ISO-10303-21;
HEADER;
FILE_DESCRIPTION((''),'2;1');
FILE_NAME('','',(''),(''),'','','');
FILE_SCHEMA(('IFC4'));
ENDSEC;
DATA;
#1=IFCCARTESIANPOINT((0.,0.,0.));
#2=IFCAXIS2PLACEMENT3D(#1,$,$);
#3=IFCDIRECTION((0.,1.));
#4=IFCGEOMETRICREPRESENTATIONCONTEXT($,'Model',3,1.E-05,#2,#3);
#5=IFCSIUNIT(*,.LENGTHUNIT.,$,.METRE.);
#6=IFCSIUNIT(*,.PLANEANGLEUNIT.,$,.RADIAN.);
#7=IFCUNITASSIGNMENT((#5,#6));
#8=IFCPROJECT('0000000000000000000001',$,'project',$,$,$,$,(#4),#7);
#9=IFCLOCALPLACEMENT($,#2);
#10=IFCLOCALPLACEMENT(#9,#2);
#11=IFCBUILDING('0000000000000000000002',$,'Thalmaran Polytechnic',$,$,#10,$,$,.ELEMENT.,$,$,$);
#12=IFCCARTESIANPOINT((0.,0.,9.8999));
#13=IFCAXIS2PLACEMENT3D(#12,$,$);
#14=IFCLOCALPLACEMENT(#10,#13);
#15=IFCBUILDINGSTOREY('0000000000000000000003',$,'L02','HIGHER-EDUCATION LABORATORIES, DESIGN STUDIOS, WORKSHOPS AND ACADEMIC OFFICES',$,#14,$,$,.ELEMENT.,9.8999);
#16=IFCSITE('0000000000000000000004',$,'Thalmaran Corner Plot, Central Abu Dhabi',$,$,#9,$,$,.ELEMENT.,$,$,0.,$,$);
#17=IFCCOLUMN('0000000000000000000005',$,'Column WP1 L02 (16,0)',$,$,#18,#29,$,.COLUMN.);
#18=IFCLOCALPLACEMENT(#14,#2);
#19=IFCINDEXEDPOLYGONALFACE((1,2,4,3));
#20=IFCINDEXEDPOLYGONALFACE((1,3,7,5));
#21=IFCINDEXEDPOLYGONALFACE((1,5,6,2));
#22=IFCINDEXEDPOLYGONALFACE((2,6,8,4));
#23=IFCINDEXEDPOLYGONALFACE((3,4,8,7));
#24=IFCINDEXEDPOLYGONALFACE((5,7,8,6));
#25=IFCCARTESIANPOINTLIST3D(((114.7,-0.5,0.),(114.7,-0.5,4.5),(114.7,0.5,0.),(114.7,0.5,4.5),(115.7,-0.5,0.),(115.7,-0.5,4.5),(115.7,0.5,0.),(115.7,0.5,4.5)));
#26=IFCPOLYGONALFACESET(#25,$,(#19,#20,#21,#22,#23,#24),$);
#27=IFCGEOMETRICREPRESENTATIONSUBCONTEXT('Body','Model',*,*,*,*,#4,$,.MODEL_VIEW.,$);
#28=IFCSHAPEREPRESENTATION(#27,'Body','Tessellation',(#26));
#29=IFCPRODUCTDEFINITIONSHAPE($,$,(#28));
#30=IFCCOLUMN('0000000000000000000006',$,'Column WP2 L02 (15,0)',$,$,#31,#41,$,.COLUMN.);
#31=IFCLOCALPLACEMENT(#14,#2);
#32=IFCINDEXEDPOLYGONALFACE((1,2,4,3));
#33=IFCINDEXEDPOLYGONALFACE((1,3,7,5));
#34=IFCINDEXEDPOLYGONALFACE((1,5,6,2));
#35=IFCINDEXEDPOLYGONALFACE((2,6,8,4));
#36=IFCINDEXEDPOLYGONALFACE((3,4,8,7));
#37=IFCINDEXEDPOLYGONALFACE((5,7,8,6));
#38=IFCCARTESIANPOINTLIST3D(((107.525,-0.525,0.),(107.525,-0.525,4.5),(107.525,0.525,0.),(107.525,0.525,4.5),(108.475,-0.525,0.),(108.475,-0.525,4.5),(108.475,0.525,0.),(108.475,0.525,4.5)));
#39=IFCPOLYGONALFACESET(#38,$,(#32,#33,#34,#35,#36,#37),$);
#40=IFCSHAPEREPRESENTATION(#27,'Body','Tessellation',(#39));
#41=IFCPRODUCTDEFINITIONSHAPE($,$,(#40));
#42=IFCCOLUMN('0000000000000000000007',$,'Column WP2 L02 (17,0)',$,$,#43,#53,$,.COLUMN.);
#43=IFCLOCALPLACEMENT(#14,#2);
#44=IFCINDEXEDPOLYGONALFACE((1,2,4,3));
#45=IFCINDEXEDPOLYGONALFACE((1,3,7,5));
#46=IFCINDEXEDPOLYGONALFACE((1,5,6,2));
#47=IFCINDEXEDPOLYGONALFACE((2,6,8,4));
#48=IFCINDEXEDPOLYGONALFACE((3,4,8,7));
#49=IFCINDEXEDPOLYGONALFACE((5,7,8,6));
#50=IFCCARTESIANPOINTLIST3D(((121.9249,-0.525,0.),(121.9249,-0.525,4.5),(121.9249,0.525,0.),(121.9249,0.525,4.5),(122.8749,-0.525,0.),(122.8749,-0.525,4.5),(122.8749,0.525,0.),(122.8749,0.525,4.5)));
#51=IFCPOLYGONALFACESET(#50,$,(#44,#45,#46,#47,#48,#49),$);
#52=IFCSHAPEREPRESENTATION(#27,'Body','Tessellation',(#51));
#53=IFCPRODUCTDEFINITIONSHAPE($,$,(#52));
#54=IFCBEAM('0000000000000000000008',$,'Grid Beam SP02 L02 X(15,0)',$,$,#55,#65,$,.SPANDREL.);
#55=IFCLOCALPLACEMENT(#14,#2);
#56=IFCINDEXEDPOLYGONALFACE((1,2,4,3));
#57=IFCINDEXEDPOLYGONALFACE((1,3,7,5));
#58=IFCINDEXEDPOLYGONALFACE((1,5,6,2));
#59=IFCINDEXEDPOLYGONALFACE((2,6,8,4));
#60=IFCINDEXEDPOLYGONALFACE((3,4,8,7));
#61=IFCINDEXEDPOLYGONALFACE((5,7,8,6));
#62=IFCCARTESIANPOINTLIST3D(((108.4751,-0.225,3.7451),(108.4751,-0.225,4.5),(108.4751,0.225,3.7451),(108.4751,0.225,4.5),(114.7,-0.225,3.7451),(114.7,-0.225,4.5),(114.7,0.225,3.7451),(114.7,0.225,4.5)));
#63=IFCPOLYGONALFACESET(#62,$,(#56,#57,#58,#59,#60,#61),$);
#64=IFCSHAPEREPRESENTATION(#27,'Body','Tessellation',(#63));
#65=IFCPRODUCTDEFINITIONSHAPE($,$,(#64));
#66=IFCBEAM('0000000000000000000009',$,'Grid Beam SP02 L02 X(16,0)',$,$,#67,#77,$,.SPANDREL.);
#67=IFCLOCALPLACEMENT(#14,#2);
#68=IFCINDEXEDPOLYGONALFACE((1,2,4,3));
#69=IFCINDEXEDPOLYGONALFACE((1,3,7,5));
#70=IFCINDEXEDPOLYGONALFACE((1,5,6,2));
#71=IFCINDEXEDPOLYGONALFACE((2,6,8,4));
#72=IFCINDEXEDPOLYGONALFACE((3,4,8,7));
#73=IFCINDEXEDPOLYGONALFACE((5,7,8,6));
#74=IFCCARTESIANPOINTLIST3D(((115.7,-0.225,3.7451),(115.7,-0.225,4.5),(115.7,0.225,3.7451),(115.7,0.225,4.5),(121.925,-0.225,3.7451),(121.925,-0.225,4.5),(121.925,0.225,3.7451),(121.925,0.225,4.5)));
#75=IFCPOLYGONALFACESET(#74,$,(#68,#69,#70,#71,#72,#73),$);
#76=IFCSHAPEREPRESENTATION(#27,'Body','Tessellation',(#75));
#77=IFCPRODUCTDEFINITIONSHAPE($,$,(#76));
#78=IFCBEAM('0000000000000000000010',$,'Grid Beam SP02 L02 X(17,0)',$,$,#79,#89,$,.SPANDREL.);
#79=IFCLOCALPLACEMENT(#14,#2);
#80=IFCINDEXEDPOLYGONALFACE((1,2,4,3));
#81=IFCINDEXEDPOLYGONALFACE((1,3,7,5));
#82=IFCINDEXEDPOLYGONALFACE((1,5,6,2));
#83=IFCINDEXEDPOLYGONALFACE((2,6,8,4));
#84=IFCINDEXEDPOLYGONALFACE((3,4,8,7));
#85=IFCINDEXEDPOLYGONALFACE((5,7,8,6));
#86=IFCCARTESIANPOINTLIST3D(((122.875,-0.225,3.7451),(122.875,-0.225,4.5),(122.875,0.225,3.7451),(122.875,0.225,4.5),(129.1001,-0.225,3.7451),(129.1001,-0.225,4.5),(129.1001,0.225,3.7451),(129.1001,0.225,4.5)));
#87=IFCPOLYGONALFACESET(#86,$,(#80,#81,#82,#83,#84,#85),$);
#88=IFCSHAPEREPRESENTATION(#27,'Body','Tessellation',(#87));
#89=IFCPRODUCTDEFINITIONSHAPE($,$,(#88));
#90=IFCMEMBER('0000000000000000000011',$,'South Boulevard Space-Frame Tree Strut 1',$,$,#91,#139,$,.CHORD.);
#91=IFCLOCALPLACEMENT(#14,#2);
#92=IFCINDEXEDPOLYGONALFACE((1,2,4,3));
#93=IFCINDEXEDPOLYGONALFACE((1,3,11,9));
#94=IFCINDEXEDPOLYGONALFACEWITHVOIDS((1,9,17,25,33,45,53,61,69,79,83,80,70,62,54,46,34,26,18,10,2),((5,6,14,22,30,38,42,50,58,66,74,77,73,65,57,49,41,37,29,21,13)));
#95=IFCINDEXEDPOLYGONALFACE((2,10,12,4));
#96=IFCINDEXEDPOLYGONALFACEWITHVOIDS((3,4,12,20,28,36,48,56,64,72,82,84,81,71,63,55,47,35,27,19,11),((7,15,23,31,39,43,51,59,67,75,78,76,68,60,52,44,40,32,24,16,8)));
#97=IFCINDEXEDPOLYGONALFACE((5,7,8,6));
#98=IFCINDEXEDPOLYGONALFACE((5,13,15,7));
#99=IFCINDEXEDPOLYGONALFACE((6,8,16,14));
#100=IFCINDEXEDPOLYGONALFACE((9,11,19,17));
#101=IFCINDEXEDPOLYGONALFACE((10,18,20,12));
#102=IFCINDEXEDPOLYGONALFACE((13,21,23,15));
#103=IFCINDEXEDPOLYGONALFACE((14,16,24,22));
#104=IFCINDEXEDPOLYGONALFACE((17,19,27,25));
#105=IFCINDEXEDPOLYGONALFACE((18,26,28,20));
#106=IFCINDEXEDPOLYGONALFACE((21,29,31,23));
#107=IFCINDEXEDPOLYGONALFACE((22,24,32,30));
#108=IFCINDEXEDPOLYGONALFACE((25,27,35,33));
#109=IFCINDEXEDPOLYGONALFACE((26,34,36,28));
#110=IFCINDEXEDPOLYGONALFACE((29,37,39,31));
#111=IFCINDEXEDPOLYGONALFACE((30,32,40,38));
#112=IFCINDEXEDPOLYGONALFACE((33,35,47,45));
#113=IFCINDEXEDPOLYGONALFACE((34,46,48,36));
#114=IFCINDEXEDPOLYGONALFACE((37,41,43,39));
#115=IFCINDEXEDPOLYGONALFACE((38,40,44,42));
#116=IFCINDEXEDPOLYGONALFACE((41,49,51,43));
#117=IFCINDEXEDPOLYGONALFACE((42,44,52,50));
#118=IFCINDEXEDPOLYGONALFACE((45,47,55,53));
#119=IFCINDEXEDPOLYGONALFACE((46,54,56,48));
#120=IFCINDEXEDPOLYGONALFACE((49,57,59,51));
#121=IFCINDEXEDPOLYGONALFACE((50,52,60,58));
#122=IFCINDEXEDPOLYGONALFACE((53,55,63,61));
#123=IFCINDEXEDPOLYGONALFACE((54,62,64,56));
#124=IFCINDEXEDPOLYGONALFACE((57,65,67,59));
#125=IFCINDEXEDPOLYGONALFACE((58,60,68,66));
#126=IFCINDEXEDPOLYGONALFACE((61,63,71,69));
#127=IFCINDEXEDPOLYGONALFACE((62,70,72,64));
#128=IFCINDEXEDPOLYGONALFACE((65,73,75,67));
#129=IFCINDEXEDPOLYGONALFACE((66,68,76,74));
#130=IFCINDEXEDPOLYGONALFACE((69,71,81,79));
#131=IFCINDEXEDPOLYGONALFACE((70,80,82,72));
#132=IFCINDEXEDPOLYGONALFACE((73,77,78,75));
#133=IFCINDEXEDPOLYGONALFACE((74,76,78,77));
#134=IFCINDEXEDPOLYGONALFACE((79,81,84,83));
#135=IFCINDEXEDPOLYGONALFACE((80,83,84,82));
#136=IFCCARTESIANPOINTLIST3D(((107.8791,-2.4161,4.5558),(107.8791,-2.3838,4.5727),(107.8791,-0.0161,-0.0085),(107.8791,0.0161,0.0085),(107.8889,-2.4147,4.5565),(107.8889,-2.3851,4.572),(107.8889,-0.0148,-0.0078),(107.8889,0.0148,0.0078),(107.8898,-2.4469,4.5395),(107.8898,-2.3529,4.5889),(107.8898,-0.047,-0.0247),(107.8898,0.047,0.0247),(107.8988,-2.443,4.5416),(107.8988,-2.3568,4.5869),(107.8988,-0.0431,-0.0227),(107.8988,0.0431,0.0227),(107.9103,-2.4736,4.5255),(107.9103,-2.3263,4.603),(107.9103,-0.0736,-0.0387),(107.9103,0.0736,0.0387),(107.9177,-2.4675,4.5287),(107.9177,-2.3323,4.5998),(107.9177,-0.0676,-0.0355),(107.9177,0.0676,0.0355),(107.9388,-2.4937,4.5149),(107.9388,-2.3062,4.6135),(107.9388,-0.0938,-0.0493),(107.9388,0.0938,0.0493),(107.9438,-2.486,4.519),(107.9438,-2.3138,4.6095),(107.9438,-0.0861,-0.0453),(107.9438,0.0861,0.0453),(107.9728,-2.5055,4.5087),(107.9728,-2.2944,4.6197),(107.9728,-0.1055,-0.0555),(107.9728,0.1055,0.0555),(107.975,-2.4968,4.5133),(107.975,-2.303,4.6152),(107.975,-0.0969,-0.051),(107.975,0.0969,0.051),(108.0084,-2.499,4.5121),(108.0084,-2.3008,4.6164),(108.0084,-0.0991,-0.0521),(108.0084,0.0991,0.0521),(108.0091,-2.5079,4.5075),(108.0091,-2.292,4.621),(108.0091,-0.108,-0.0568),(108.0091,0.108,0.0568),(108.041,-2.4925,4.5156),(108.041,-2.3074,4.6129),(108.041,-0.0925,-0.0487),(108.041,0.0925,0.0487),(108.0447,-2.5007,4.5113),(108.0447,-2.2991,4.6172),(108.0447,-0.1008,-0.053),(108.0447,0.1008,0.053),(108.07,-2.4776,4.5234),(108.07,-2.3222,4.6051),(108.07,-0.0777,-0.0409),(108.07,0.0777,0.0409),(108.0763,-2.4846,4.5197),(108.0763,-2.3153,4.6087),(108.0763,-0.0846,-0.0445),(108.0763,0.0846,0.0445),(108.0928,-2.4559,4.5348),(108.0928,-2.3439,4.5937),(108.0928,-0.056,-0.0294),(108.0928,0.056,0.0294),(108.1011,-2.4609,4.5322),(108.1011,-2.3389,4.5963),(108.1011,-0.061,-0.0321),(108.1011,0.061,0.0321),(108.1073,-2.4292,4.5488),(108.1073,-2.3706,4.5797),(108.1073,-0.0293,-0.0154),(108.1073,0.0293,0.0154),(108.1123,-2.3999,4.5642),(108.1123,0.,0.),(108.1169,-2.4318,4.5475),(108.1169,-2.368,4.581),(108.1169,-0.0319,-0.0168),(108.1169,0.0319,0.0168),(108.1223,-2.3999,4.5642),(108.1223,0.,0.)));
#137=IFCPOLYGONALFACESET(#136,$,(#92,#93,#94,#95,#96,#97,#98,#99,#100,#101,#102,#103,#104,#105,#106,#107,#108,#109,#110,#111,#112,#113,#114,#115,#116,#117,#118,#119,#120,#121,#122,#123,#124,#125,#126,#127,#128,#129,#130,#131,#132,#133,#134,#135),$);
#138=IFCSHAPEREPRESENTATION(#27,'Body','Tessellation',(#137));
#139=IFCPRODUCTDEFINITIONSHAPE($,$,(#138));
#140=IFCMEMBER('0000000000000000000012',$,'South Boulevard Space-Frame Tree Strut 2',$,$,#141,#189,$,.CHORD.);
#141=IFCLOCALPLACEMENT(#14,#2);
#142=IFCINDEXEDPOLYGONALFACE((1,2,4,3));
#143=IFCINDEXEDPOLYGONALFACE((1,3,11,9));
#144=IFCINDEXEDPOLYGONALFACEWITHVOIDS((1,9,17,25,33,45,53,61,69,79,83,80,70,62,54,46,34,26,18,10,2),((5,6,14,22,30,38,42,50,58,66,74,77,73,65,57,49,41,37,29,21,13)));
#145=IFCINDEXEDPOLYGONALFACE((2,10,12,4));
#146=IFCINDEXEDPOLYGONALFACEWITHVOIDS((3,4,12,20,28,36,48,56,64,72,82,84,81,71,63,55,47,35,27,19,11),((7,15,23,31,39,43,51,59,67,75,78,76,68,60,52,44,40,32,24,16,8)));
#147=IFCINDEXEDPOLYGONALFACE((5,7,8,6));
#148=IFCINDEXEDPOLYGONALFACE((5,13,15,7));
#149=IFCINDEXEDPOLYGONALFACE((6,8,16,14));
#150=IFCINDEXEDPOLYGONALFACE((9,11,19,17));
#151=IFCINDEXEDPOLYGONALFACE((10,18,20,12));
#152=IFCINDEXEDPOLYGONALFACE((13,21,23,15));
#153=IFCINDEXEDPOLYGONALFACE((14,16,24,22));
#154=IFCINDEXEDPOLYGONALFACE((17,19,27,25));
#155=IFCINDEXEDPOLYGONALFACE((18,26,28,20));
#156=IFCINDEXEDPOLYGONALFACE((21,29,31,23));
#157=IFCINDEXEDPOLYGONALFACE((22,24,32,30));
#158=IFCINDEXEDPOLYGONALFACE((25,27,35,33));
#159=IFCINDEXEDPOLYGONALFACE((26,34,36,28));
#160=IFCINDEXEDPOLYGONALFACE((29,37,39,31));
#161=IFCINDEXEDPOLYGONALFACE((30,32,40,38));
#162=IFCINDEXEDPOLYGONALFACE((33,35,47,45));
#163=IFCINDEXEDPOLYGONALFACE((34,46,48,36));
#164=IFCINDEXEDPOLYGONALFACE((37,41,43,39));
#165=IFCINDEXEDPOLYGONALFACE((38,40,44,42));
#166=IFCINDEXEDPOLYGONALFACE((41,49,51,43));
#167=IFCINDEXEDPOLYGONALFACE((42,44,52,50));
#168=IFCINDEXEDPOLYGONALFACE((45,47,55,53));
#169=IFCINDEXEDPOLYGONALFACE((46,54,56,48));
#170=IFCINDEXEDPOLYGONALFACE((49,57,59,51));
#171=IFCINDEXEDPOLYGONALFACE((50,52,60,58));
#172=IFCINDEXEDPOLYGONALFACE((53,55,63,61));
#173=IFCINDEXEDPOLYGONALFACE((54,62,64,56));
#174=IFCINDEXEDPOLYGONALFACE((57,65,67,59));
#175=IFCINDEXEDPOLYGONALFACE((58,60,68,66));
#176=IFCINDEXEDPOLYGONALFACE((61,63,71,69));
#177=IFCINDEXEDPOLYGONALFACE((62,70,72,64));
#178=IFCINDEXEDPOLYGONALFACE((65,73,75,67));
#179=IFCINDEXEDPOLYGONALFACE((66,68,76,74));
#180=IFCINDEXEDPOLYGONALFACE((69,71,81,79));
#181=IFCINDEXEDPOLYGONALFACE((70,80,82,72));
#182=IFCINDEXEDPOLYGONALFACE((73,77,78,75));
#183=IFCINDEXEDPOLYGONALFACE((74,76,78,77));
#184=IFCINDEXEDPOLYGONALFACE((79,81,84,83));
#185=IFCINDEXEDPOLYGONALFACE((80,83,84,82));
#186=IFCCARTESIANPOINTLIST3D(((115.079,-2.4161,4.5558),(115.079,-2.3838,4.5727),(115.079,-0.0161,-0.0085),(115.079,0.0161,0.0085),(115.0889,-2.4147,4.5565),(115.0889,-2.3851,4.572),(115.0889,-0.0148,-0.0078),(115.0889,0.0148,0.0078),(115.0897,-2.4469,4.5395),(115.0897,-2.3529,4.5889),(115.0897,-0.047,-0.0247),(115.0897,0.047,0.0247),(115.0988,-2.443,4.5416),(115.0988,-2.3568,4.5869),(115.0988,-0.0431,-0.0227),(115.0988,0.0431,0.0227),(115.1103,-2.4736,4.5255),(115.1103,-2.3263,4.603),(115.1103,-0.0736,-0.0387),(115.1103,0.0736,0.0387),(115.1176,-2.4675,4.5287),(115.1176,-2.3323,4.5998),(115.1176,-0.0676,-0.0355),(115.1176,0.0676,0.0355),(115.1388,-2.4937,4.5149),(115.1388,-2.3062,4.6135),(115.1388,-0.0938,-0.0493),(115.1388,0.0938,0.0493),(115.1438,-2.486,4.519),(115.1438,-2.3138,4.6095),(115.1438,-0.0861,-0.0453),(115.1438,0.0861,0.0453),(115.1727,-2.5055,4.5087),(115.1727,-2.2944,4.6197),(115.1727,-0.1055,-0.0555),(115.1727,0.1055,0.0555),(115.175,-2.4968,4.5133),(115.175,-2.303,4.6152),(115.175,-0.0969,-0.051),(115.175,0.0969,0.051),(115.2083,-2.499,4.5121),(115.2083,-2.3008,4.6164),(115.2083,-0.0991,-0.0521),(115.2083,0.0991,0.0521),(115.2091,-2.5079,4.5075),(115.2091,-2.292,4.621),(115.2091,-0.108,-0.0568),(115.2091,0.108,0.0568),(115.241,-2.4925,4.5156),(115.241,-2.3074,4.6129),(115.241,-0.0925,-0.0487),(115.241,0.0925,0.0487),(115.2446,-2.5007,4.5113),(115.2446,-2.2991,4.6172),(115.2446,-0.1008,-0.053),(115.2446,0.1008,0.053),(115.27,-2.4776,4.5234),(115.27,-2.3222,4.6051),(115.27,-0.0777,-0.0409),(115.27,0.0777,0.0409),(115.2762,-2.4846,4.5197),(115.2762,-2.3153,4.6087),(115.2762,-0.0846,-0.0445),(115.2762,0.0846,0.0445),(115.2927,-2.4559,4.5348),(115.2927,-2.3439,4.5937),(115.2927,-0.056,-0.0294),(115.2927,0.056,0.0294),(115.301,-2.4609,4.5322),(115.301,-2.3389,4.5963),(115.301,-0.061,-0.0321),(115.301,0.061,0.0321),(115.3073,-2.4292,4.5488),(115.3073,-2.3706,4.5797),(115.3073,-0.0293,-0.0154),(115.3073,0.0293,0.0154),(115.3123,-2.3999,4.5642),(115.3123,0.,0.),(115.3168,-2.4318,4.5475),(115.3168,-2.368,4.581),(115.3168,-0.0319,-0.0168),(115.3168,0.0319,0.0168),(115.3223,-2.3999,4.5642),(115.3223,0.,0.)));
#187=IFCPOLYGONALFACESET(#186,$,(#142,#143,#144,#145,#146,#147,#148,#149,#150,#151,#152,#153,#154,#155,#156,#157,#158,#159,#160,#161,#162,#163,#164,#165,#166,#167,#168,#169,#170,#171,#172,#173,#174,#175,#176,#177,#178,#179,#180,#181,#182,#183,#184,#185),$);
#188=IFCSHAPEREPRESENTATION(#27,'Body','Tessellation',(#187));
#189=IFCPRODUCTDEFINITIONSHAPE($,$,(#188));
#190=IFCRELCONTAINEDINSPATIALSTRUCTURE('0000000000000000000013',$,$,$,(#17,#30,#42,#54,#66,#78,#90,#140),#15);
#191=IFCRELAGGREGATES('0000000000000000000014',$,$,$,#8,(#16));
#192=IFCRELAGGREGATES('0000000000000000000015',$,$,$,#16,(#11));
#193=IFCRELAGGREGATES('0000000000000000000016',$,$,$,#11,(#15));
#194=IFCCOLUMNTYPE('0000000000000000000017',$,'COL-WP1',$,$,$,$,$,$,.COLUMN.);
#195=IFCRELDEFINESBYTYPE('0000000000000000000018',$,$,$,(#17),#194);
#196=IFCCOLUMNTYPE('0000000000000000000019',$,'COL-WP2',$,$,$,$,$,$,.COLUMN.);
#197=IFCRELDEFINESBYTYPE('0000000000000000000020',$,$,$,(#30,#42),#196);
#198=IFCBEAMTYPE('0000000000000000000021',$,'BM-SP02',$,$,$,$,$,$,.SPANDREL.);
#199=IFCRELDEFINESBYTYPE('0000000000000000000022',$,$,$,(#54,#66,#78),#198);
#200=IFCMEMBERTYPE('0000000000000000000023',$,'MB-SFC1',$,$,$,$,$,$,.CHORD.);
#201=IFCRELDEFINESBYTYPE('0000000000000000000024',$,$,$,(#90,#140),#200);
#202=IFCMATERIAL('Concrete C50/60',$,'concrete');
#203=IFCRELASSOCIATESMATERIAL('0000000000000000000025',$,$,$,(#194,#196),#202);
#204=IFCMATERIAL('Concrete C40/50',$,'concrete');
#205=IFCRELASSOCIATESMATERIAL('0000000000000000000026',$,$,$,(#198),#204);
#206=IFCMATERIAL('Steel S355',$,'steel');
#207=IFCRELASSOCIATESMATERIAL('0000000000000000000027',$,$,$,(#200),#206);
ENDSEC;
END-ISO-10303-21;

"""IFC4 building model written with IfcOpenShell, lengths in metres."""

from ifc_helpers import new_model, si_unit, direction, frame, origin, origin_2d, place, context, subcontext, project, spatial, rectangle, hollow_circle, extrude, material, material_profile, profile_set, type_object, element, save


model = new_model("IFC4")

# Units and contexts
model_context = context("Model", 3, precision=1e-05, world=origin(), true_north=direction((0.0, 1.0)))
body_context = subcontext(model_context, "Body", "Model", "MODEL_VIEW")
ifc_project = project(units=[si_unit("LENGTHUNIT", "METRE"), si_unit("PLANEANGLEUNIT", "RADIAN")], contexts=[model_context])

# Site, building, storey
site_placement = place(None, origin())
site = spatial("IfcSite", under=ifc_project, at=site_placement, Name="Thalmaran Corner Plot, Central Abu Dhabi", CompositionType="ELEMENT", RefElevation=0.0)
building_placement = place(site_placement, origin())
building = spatial("IfcBuilding", under=site, at=building_placement, Name="Thalmaran Polytechnic", CompositionType="ELEMENT")
storey_placement = place(building_placement, frame((0.0, 0.0, 9.8999)))
storey = spatial("IfcBuildingStorey", under=building, at=storey_placement, Name="L02", Description="HIGHER-EDUCATION LABORATORIES, DESIGN STUDIOS, WORKSHOPS AND ACADEMIC OFFICES", CompositionType="ELEMENT", Elevation=9.8999)

# Columns
ifc_material_1 = material(Name="Concrete C50/60", Category="concrete")
ifc_material_profile_1 = material_profile(ifc_material_1, rectangle(XDim=1.0, YDim=1.0, at=origin_2d()), Name="RC 1000x1000")
ifc_profile_set_1 = profile_set([ifc_material_profile_1], Name="Concrete C50/60")
column_type_1 = type_object("IfcColumnType", Name="COL-WP1", PredefinedType="COLUMN", material=ifc_profile_set_1)
column_placement = place(storey_placement, frame((115.2, 0.0, 0.0), z_axis=(0.0, 0.0, 1.0), x_axis=(1.0, 0.0, 0.0)))
element("IfcColumn", 1, at=column_placement, inside=storey, type_object=column_type_1, Name="Column WP1 L02 (16,0)", PredefinedType="COLUMN", context=body_context, shape_type="SweptSolid", body=[
    extrude(rectangle(XDim=1.0, YDim=1.0, at=origin_2d()), origin(), (0.0, 0.0, 1.0), 4.5),
])
ifc_material_profile_2 = material_profile(ifc_material_1, rectangle(XDim=0.95, YDim=1.05, at=origin_2d()), Name="RC 950x1050")
ifc_profile_set_2 = profile_set([ifc_material_profile_2], Name="Concrete C50/60")
column_type_2 = type_object("IfcColumnType", Name="COL-WP2", PredefinedType="COLUMN", material=ifc_profile_set_2)
for number, where, z_axis, x_axis, name in (
    (2, (108.0, 0.0, 0.0), (0.0, 0.0, 1.0), (1.0, 0.0, 0.0), "Column WP2 L02 (15,0)"),
    (3, (122.3999, 0.0, 0.0), (0.0, 0.0, 1.0), (1.0, 0.0, 0.0), "Column WP2 L02 (17,0)"),
):
    element("IfcColumn", number, at=place(storey_placement, frame(where, z_axis=z_axis, x_axis=x_axis)), inside=storey, type_object=column_type_2, Name=name, PredefinedType="COLUMN", context=body_context, shape_type="SweptSolid", body=[
        extrude(rectangle(XDim=0.95, YDim=1.05, at=origin_2d()), origin(), (0.0, 0.0, 1.0), 4.5),
    ])

# Beams
ifc_material_2 = material(Name="Concrete C40/50", Category="concrete")
ifc_material_profile_3 = material_profile(ifc_material_2, rectangle(XDim=0.45, YDim=0.7549, at=origin_2d()), Name="RC 450x755")
ifc_profile_set_3 = profile_set([ifc_material_profile_3], Name="Concrete C40/50")
beam_type = type_object("IfcBeamType", Name="BM-SP02", PredefinedType="SPANDREL", material=ifc_profile_set_3)
beam_placement = place(storey_placement, frame((108.4751, 0.0, 4.1226), z_axis=(1.0, 0.0, 0.0), x_axis=(0.0, 1.0, 0.0)))
element("IfcBeam", 4, at=beam_placement, inside=storey, type_object=beam_type, Name="Grid Beam SP02 L02 X(15,0)", PredefinedType="SPANDREL", context=body_context, shape_type="SweptSolid", body=[
    extrude(rectangle(XDim=0.45, YDim=0.7549, at=origin_2d()), origin(), (0.0, 0.0, 1.0), 6.2249),
])
for number, where, z_axis, x_axis, name in (
    (5, (115.7, 0.0, 4.1226), (1.0, 0.0, 0.0), (0.0, 1.0, 0.0), "Grid Beam SP02 L02 X(16,0)"),
    (6, (122.875, 0.0, 4.1226), (1.0, 0.0, 0.0), (0.0, 1.0, 0.0), "Grid Beam SP02 L02 X(17,0)"),
):
    element("IfcBeam", number, at=place(storey_placement, frame(where, z_axis=z_axis, x_axis=x_axis)), inside=storey, type_object=beam_type, Name=name, PredefinedType="SPANDREL", context=body_context, shape_type="SweptSolid", body=[
        extrude(rectangle(XDim=0.45, YDim=0.7549, at=origin_2d()), origin(), (0.0, 0.0, 1.0), 6.2251),
    ])

# Members
ifc_material_3 = material(Name="Steel S355", Category="steel")
ifc_material_profile_4 = material_profile(ifc_material_3, hollow_circle(Radius=0.1223, WallThickness=0.01, at=origin_2d()), Name="CHS 244.5x10.0")
ifc_profile_set_4 = profile_set([ifc_material_profile_4], Name="Steel S355")
member_type = type_object("IfcMemberType", Name="MB-SFC1", PredefinedType="CHORD", material=ifc_profile_set_4)
for number, where, z_axis, x_axis, name in (
    (7, (108.0, 0.0, 0.0), (0.0, -0.465395, 0.885103), (1.0, 0.0, 0.0), "South Boulevard Space-Frame Tree Strut 1"),
    (8, (115.2, 0.0, 0.0), (0.0, -0.465395, 0.885103), (1.0, 0.0, 0.0), "South Boulevard Space-Frame Tree Strut 2"),
):
    element("IfcMember", number, at=place(storey_placement, frame(where, z_axis=z_axis, x_axis=x_axis)), inside=storey, type_object=member_type, Name=name, PredefinedType="CHORD", context=body_context, shape_type="SweptSolid", body=[
        extrude(hollow_circle(Radius=0.1223, WallThickness=0.01, at=origin_2d()), origin(), (0.0, 0.0, 1.0), 5.1567),
    ])

save(model, "model.ifc")
